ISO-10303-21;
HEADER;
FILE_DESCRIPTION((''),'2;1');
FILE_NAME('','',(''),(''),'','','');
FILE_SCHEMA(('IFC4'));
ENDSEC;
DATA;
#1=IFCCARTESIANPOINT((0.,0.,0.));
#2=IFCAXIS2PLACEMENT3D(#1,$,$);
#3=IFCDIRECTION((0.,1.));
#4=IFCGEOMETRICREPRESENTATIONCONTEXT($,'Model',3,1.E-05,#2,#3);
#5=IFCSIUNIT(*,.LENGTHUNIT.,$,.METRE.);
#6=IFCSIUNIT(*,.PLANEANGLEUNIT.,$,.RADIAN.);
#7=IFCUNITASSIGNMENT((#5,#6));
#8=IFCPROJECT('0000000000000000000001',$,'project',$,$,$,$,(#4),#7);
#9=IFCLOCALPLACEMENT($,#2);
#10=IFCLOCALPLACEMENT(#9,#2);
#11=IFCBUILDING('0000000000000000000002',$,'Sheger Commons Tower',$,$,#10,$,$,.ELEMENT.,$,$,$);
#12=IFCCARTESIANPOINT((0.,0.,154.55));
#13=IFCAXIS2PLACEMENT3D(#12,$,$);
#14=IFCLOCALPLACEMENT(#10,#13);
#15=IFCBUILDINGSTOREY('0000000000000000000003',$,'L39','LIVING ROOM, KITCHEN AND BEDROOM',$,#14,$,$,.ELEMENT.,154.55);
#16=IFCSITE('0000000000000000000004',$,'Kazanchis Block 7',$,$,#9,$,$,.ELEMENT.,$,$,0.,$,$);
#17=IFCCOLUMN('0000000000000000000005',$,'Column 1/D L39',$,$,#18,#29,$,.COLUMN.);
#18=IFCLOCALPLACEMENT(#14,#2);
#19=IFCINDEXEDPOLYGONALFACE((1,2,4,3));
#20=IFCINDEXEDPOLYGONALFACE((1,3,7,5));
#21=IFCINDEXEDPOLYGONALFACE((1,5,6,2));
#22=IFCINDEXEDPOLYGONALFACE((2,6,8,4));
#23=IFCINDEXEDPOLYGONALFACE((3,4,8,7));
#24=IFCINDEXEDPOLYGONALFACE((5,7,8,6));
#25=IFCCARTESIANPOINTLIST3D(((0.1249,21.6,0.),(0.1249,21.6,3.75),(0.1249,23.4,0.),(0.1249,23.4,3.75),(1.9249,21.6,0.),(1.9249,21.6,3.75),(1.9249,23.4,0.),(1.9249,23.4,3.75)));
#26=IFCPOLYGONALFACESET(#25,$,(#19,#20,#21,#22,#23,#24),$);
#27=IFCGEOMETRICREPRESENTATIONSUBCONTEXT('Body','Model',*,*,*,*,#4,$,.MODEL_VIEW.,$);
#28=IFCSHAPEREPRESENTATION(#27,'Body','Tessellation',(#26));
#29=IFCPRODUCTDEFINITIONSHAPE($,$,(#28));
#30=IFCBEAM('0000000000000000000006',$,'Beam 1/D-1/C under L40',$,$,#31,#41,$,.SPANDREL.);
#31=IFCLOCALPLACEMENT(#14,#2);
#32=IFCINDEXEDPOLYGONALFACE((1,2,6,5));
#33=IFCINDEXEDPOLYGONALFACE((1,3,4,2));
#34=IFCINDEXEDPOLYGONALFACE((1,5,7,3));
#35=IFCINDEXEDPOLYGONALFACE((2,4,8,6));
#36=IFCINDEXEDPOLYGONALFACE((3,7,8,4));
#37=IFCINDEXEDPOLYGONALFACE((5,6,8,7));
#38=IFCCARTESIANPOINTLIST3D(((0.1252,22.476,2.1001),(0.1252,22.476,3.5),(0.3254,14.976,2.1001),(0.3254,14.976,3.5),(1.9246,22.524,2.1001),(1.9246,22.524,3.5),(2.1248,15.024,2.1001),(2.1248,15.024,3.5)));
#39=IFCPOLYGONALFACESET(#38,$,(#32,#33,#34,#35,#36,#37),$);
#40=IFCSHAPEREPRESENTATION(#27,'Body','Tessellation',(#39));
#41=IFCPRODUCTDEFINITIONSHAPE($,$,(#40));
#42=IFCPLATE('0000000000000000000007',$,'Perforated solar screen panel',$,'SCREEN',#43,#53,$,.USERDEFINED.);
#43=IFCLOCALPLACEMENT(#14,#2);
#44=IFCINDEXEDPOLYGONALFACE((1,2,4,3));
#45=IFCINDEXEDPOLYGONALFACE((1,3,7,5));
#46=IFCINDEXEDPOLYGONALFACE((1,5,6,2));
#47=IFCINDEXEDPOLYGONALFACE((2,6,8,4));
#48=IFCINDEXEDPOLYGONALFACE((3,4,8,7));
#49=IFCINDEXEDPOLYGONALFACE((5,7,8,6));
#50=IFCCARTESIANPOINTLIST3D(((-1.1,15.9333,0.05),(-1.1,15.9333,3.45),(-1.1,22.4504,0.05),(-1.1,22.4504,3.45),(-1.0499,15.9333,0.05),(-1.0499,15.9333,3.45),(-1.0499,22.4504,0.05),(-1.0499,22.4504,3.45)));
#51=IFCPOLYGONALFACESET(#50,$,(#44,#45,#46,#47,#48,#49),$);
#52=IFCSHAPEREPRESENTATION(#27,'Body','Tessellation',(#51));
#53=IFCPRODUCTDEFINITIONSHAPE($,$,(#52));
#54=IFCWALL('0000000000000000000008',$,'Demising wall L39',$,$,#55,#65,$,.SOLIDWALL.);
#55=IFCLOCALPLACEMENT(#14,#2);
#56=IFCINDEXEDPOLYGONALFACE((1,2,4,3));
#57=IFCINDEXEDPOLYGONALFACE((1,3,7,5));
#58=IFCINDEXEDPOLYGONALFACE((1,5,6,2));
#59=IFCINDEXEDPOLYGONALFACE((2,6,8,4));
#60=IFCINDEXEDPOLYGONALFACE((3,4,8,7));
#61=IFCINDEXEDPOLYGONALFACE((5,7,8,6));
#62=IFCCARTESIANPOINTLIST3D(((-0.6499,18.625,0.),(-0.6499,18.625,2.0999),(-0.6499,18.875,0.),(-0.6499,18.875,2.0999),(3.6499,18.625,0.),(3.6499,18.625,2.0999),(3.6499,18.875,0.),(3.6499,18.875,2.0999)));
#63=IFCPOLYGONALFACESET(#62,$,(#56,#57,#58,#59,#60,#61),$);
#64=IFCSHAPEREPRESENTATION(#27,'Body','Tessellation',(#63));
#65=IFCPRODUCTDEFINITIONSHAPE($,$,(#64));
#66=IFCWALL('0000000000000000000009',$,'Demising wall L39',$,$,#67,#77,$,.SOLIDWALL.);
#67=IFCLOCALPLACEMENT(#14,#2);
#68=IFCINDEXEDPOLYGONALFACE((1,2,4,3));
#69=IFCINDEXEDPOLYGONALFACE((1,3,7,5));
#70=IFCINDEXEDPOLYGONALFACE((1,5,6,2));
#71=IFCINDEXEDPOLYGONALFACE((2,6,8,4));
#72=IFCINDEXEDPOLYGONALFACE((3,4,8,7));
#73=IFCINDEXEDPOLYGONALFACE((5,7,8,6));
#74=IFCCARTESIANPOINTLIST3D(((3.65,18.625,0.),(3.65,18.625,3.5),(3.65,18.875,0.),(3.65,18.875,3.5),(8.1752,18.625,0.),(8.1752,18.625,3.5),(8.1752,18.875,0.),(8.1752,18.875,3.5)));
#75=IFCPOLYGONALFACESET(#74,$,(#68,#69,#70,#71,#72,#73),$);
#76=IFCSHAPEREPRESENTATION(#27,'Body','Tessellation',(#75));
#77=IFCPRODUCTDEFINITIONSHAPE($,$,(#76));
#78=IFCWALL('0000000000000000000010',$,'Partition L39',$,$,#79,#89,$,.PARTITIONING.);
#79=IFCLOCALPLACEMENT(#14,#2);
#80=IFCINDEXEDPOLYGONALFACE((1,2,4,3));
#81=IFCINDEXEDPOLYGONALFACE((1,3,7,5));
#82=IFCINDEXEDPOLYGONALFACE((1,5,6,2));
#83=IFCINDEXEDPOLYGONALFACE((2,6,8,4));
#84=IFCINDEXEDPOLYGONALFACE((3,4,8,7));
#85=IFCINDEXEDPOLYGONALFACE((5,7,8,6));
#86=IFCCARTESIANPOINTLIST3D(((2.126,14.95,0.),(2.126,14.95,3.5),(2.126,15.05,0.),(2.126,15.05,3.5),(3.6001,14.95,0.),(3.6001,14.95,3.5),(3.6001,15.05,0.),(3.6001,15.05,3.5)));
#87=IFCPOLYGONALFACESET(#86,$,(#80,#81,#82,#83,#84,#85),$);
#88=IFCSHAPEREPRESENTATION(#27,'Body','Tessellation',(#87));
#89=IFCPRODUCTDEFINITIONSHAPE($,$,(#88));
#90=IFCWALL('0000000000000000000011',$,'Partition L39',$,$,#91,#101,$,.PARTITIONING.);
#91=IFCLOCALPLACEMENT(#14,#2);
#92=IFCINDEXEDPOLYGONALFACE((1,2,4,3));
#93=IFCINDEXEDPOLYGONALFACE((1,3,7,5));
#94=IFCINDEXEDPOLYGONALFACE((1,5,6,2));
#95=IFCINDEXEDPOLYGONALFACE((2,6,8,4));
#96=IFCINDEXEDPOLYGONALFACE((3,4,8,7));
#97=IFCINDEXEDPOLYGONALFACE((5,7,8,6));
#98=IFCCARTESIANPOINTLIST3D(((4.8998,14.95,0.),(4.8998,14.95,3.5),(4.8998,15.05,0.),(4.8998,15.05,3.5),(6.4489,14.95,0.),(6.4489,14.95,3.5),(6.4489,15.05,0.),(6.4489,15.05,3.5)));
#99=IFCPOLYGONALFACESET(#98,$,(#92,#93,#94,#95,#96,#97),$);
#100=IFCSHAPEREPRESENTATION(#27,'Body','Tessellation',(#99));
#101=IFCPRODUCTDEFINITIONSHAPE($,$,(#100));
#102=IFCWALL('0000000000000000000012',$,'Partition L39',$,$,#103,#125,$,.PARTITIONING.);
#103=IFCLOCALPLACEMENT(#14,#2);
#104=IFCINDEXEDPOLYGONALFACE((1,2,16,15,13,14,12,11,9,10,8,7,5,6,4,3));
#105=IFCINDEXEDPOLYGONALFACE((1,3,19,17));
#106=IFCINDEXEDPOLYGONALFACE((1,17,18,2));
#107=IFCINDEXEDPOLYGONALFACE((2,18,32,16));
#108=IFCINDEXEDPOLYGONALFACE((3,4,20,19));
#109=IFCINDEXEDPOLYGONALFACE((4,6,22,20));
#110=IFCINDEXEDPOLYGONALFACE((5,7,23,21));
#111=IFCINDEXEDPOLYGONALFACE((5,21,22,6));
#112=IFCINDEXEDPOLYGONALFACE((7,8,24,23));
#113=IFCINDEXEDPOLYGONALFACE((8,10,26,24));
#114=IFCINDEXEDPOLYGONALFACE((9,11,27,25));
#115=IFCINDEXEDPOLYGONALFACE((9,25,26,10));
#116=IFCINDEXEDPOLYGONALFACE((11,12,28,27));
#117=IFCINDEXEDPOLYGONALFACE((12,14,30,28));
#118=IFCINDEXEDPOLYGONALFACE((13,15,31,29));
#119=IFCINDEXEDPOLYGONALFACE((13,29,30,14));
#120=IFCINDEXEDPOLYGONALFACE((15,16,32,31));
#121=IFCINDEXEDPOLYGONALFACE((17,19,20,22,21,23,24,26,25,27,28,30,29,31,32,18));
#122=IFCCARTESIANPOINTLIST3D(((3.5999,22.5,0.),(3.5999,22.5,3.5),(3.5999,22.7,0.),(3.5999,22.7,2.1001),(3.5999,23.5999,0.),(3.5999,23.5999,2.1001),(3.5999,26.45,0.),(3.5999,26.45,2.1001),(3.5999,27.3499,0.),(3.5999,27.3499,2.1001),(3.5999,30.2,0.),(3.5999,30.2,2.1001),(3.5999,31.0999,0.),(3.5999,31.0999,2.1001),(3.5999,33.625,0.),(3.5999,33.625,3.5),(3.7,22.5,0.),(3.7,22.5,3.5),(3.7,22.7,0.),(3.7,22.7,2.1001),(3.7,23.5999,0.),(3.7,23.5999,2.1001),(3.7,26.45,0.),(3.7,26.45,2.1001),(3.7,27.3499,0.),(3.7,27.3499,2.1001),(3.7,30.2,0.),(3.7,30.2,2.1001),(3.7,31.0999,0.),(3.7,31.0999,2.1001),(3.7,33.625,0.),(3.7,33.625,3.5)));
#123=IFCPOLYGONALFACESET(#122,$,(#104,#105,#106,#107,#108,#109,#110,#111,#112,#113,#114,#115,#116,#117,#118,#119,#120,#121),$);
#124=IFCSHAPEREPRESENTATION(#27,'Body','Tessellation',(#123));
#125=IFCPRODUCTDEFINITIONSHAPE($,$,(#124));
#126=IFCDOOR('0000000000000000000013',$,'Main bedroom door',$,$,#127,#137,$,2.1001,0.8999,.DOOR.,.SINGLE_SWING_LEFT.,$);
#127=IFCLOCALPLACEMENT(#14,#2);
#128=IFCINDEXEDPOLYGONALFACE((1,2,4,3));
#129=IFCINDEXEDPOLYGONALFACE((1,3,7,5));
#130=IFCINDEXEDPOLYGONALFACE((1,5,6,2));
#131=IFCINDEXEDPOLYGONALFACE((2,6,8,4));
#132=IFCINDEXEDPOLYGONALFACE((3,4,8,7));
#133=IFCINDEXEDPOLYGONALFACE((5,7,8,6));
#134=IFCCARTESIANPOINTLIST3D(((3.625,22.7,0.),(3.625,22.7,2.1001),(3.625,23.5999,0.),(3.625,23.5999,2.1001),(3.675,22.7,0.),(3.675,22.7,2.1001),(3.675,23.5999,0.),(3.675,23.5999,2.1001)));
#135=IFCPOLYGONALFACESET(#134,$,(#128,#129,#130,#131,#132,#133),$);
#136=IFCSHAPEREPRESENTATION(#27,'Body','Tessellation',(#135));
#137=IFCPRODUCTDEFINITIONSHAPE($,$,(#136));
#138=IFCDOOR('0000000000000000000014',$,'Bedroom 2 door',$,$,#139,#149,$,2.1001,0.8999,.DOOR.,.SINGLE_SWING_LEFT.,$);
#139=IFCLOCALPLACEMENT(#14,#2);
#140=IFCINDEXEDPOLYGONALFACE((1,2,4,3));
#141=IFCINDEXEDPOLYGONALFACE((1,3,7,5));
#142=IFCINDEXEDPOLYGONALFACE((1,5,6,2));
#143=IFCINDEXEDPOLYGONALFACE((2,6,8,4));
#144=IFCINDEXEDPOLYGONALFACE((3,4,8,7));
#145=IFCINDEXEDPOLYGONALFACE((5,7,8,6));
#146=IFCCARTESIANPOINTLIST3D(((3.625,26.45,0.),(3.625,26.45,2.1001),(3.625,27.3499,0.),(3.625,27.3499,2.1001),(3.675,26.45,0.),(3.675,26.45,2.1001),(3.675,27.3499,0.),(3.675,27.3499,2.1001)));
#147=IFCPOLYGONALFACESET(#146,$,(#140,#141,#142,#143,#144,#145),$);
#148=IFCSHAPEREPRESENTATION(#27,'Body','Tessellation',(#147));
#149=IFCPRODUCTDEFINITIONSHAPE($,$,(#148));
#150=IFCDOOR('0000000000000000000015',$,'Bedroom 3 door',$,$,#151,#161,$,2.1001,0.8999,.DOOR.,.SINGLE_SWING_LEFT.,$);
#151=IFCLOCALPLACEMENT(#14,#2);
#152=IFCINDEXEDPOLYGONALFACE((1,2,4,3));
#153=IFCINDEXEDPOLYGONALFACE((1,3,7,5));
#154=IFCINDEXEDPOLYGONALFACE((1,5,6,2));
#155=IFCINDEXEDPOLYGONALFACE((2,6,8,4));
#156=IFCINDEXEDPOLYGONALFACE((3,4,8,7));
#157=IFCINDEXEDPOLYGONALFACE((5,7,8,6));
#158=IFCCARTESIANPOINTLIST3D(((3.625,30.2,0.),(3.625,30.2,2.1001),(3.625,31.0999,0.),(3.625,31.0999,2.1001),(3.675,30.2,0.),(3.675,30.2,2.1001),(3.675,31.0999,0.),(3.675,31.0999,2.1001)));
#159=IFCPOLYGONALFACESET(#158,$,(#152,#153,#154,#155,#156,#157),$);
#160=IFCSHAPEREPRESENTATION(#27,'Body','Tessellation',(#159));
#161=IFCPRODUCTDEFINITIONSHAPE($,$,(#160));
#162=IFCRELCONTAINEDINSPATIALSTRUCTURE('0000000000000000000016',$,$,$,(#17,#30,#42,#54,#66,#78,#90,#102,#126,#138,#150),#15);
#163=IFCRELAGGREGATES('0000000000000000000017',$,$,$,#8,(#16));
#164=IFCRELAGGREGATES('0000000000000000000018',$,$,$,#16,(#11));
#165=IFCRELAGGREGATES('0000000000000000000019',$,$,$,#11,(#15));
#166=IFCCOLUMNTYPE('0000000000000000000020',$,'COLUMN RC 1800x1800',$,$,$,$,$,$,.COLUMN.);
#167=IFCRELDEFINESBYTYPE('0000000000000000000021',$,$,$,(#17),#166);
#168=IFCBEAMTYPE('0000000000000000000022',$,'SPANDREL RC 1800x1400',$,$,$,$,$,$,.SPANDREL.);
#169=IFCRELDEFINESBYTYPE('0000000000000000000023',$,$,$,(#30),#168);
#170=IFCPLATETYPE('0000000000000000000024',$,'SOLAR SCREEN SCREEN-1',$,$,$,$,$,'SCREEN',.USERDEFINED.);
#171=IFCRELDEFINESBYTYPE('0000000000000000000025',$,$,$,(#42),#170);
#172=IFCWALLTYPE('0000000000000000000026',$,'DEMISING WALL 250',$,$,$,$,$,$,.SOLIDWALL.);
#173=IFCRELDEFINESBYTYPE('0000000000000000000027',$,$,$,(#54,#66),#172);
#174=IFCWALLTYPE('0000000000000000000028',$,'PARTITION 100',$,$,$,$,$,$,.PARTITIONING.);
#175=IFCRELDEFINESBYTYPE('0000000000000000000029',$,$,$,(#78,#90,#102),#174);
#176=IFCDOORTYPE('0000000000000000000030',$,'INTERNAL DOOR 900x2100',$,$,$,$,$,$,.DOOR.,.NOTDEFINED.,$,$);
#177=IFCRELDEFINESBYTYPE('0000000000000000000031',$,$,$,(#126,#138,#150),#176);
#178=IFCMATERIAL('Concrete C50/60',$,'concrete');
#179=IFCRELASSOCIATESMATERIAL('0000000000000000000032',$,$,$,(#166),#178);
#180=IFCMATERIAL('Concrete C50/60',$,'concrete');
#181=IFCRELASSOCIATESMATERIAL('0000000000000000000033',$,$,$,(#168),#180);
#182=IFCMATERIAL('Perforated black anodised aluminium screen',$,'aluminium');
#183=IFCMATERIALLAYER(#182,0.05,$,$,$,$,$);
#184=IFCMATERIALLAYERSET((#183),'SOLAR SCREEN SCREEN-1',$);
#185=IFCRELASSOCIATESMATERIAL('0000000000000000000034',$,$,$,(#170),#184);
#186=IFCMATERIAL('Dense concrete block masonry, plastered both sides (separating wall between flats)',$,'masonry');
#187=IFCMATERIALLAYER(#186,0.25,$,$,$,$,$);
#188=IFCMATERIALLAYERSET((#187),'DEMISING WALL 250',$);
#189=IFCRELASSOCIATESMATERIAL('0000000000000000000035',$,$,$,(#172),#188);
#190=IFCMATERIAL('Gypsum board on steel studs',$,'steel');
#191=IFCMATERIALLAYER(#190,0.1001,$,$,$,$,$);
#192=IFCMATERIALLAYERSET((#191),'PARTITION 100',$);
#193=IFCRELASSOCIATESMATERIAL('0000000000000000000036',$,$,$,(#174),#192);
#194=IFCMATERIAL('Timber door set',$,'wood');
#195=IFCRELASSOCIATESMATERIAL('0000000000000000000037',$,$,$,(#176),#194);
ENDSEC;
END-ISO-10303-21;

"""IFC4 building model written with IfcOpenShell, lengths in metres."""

from ifc_helpers import new_model, si_unit, direction, frame, frame_2d, origin, origin_2d, place, context, subcontext, project, spatial, rectangle, extrude, material, layer, layer_set, material_profile, profile_set, type_object, element, fill, save


model = new_model("IFC4")

# Units and contexts
model_context = context("Model", 3, precision=1e-05, world=origin(), true_north=direction((0.0, 1.0)))
body_context = subcontext(model_context, "Body", "Model", "MODEL_VIEW")
ifc_project = project(units=[si_unit("LENGTHUNIT", "METRE"), si_unit("PLANEANGLEUNIT", "RADIAN")], contexts=[model_context])

# Site, building, storey
site_placement = place(None, origin())
site = spatial("IfcSite", under=ifc_project, at=site_placement, Name="Kazanchis Block 7", CompositionType="ELEMENT", RefElevation=0.0)
building_placement = place(site_placement, origin())
building = spatial("IfcBuilding", under=site, at=building_placement, Name="Sheger Commons Tower", CompositionType="ELEMENT")
storey_placement = place(building_placement, frame((0.0, 0.0, 154.55)))
storey = spatial("IfcBuildingStorey", under=building, at=storey_placement, Name="L39", Description="LIVING ROOM, KITCHEN AND BEDROOM", CompositionType="ELEMENT", Elevation=154.55)

# Column
ifc_material_1 = material(Name="Concrete C50/60", Category="concrete")
ifc_material_profile_1 = material_profile(ifc_material_1, rectangle(XDim=1.8, YDim=1.8, at=origin_2d()), Name="RC 1800x1800")
ifc_profile_set_1 = profile_set([ifc_material_profile_1], Name="Concrete C50/60")
column_type = type_object("IfcColumnType", Name="COLUMN RC 1800x1800", PredefinedType="COLUMN", material=ifc_profile_set_1)
column_placement = place(storey_placement, frame((1.0249, 22.5, 0.0), z_axis=(0.0, 0.0, 1.0), x_axis=(1.0, 0.0, 0.0)))
element("IfcColumn", 1, at=column_placement, inside=storey, type_object=column_type, Name="Column 1/D L39", PredefinedType="COLUMN", context=body_context, shape_type="SweptSolid", body=[
    extrude(rectangle(XDim=1.8, YDim=1.8, at=origin_2d()), origin(), (0.0, 0.0, 1.0), 3.75),
])

# Beam
ifc_material_2 = material(Name="Concrete C50/60", Category="concrete")
ifc_material_profile_2 = material_profile(ifc_material_2, rectangle(XDim=1.8, YDim=1.3999, at=origin_2d()), Name="RC 1800x1400")
ifc_profile_set_2 = profile_set([ifc_material_profile_2], Name="Concrete C50/60")
beam_type = type_object("IfcBeamType", Name="SPANDREL RC 1800x1400", PredefinedType="SPANDREL", material=ifc_profile_set_2)
beam_placement = place(storey_placement, frame((1.0249, 22.5, 2.8), z_axis=(0.026683, -0.999644, 0.0), x_axis=(0.999644, 0.026683, 0.0)))
element("IfcBeam", 2, at=beam_placement, inside=storey, type_object=beam_type, Name="Beam 1/D-1/C under L40", PredefinedType="SPANDREL", context=body_context, shape_type="SweptSolid", body=[
    extrude(rectangle(XDim=1.8, YDim=1.3999, at=origin_2d()), origin(), (0.0, 0.0, 1.0), 7.5027),
])

# Plate
ifc_material_3 = material(Name="Perforated black anodised aluminium screen", Category="aluminium")
ifc_layer_1 = layer(ifc_material_3, 0.05)
ifc_layer_set_1 = layer_set([ifc_layer_1], Name="SOLAR SCREEN SCREEN-1")
plate_type = type_object("IfcPlateType", Name="SOLAR SCREEN SCREEN-1", ElementType="SCREEN", PredefinedType="USERDEFINED", material=ifc_layer_set_1)
plate_placement = place(storey_placement, frame((-1.075, 19.1919, 0.05), z_axis=(0.0, 0.0, 1.0), x_axis=(0.0, -1.0, 0.0)))
element("IfcPlate", 3, at=plate_placement, inside=storey, type_object=plate_type, Name="Perforated solar screen panel", ObjectType="SCREEN", PredefinedType="USERDEFINED", context=body_context, shape_type="SweptSolid", body=[
    extrude(rectangle(XDim=6.5171, YDim=0.05, at=origin_2d()), origin(), (0.0, 0.0, 1.0), 3.3999),
])

# Walls
ifc_material_4 = material(Name="Dense concrete block masonry, plastered both sides (separating wall between flats)", Category="masonry")
ifc_layer_2 = layer(ifc_material_4, 0.25)
ifc_layer_set_2 = layer_set([ifc_layer_2], Name="DEMISING WALL 250")
wall_type_1 = type_object("IfcWallType", Name="DEMISING WALL 250", PredefinedType="SOLIDWALL", material=ifc_layer_set_2)
wall_1_placement = place(storey_placement, frame((-0.6499, 18.75, 0.0), z_axis=(0.0, 0.0, 1.0), x_axis=(1.0, 0.0, 0.0)))
element("IfcWall", 4, at=wall_1_placement, inside=storey, type_object=wall_type_1, Name="Demising wall L39", PredefinedType="SOLIDWALL", context=body_context, shape_type="SweptSolid", body=[
    extrude(rectangle(XDim=4.2998, YDim=0.25, at=frame_2d((2.1499, 0.0))), origin(), (0.0, 0.0, 1.0), 2.0999),
])
wall_2_placement = place(storey_placement, frame((3.6499, 18.75, 0.0), z_axis=(0.0, 0.0, 1.0), x_axis=(1.0, 0.0, 0.0)))
element("IfcWall", 5, at=wall_2_placement, inside=storey, type_object=wall_type_1, Name="Demising wall L39", PredefinedType="SOLIDWALL", context=body_context, shape_type="SweptSolid", body=[
    extrude(rectangle(XDim=4.5251, YDim=0.25, at=frame_2d((2.2627, 0.0))), origin(), (0.0, 0.0, 1.0), 3.5),
])
ifc_material_5 = material(Name="Gypsum board on steel studs", Category="steel")
ifc_layer_3 = layer(ifc_material_5, 0.1001)
ifc_layer_set_3 = layer_set([ifc_layer_3], Name="PARTITION 100")
wall_type_2 = type_object("IfcWallType", Name="PARTITION 100", PredefinedType="PARTITIONING", material=ifc_layer_set_3)
wall_3_placement = place(storey_placement, frame((2.126, 15.0, 0.0), z_axis=(0.0, 0.0, 1.0), x_axis=(1.0, 0.0, 0.0)))
element("IfcWall", 6, at=wall_3_placement, inside=storey, type_object=wall_type_2, Name="Partition L39", PredefinedType="PARTITIONING", context=body_context, shape_type="SweptSolid", body=[
    extrude(rectangle(XDim=1.4741, YDim=0.1001, at=frame_2d((0.7371, 0.0))), origin(), (0.0, 0.0, 1.0), 3.5),
])
wall_4_placement = place(storey_placement, frame((4.8999, 15.0, 0.0), z_axis=(0.0, 0.0, 1.0), x_axis=(1.0, 0.0, 0.0)))
element("IfcWall", 7, at=wall_4_placement, inside=storey, type_object=wall_type_2, Name="Partition L39", PredefinedType="PARTITIONING", context=body_context, shape_type="SweptSolid", body=[
    extrude(rectangle(XDim=1.5491, YDim=0.1001, at=frame_2d((0.7744, 0.0))), origin(), (0.0, 0.0, 1.0), 3.5),
])

# Wall, openings, doors
wall_5_placement = place(storey_placement, frame((3.6499, 22.5, 0.0), z_axis=(0.0, 0.0, 1.0), x_axis=(0.0, 1.0, 0.0)))
wall_5 = element("IfcWall", 8, at=wall_5_placement, inside=storey, type_object=wall_type_2, Name="Partition L39", PredefinedType="PARTITIONING", context=body_context, shape_type="SweptSolid", body=[
    extrude(rectangle(XDim=11.125, YDim=0.1001, at=frame_2d((5.5625, 0.0))), origin(), (0.0, 0.0, 1.0), 3.5),
])
opening_1_placement = place(wall_5_placement, frame((0.2, 0.0, 0.0)))
opening_1 = element("IfcOpeningElement", 9, at=opening_1_placement, cuts=wall_5, PredefinedType="OPENING", context=body_context, shape_type="SweptSolid", body=[
    extrude(rectangle(XDim=0.8999, YDim=2.1001, at=frame_2d((0.45, 1.05))), frame((0.0, 0.0601, 0.0), z_axis=(0.0, -1.0, 0.0), x_axis=(1.0, 0.0, 0.0)), (0.0, 0.0, 1.0), 0.1201),
])
opening_2_placement = place(wall_5_placement, frame((3.95, 0.0, 0.0)))
opening_2 = element("IfcOpeningElement", 10, at=opening_2_placement, cuts=wall_5, PredefinedType="OPENING", context=body_context, shape_type="SweptSolid", body=[
    extrude(rectangle(XDim=0.8999, YDim=2.1001, at=frame_2d((0.45, 1.05))), frame((0.0, 0.0601, 0.0), z_axis=(0.0, -1.0, 0.0), x_axis=(1.0, 0.0, 0.0)), (0.0, 0.0, 1.0), 0.1201),
])
opening_3_placement = place(wall_5_placement, frame((7.7, 0.0, 0.0)))
opening_3 = element("IfcOpeningElement", 11, at=opening_3_placement, cuts=wall_5, PredefinedType="OPENING", context=body_context, shape_type="SweptSolid", body=[
    extrude(rectangle(XDim=0.8999, YDim=2.1001, at=frame_2d((0.45, 1.05))), frame((0.0, 0.0601, 0.0), z_axis=(0.0, -1.0, 0.0), x_axis=(1.0, 0.0, 0.0)), (0.0, 0.0, 1.0), 0.1201),
])
ifc_material_6 = material(Name="Timber door set", Category="wood")
door_type = type_object("IfcDoorType", Name="INTERNAL DOOR 900x2100", OperationType="NOTDEFINED", PredefinedType="DOOR", material=ifc_material_6)
door_1_placement = place(opening_1_placement, origin())
door_1 = element("IfcDoor", 12, at=door_1_placement, inside=storey, type_object=door_type, Name="Main bedroom door", OperationType="SINGLE_SWING_LEFT", OverallHeight=2.1001, OverallWidth=0.8999, PredefinedType="DOOR", context=body_context, shape_type="SweptSolid", body=[
    extrude(rectangle(XDim=0.8999, YDim=2.1001, at=frame_2d((0.45, 1.05))), frame((0.0, 0.0249, 0.0), z_axis=(0.0, -1.0, 0.0), x_axis=(1.0, 0.0, 0.0)), (0.0, 0.0, 1.0), 0.05),
])
fill(opening_1, door_1)
door_2_placement = place(opening_2_placement, origin())
door_2 = element("IfcDoor", 13, at=door_2_placement, inside=storey, type_object=door_type, Name="Bedroom 2 door", OperationType="SINGLE_SWING_LEFT", OverallHeight=2.1001, OverallWidth=0.8999, PredefinedType="DOOR", context=body_context, shape_type="SweptSolid", body=[
    extrude(rectangle(XDim=0.8999, YDim=2.1001, at=frame_2d((0.45, 1.05))), frame((0.0, 0.0249, 0.0), z_axis=(0.0, -1.0, 0.0), x_axis=(1.0, 0.0, 0.0)), (0.0, 0.0, 1.0), 0.05),
])
fill(opening_2, door_2)
door_3_placement = place(opening_3_placement, origin())
door_3 = element("IfcDoor", 14, at=door_3_placement, inside=storey, type_object=door_type, Name="Bedroom 3 door", OperationType="SINGLE_SWING_LEFT", OverallHeight=2.1001, OverallWidth=0.8999, PredefinedType="DOOR", context=body_context, shape_type="SweptSolid", body=[
    extrude(rectangle(XDim=0.8999, YDim=2.1001, at=frame_2d((0.45, 1.05))), frame((0.0, 0.0249, 0.0), z_axis=(0.0, -1.0, 0.0), x_axis=(1.0, 0.0, 0.0)), (0.0, 0.0, 1.0), 0.05),
])
fill(opening_3, door_3)

save(model, "model.ifc")
